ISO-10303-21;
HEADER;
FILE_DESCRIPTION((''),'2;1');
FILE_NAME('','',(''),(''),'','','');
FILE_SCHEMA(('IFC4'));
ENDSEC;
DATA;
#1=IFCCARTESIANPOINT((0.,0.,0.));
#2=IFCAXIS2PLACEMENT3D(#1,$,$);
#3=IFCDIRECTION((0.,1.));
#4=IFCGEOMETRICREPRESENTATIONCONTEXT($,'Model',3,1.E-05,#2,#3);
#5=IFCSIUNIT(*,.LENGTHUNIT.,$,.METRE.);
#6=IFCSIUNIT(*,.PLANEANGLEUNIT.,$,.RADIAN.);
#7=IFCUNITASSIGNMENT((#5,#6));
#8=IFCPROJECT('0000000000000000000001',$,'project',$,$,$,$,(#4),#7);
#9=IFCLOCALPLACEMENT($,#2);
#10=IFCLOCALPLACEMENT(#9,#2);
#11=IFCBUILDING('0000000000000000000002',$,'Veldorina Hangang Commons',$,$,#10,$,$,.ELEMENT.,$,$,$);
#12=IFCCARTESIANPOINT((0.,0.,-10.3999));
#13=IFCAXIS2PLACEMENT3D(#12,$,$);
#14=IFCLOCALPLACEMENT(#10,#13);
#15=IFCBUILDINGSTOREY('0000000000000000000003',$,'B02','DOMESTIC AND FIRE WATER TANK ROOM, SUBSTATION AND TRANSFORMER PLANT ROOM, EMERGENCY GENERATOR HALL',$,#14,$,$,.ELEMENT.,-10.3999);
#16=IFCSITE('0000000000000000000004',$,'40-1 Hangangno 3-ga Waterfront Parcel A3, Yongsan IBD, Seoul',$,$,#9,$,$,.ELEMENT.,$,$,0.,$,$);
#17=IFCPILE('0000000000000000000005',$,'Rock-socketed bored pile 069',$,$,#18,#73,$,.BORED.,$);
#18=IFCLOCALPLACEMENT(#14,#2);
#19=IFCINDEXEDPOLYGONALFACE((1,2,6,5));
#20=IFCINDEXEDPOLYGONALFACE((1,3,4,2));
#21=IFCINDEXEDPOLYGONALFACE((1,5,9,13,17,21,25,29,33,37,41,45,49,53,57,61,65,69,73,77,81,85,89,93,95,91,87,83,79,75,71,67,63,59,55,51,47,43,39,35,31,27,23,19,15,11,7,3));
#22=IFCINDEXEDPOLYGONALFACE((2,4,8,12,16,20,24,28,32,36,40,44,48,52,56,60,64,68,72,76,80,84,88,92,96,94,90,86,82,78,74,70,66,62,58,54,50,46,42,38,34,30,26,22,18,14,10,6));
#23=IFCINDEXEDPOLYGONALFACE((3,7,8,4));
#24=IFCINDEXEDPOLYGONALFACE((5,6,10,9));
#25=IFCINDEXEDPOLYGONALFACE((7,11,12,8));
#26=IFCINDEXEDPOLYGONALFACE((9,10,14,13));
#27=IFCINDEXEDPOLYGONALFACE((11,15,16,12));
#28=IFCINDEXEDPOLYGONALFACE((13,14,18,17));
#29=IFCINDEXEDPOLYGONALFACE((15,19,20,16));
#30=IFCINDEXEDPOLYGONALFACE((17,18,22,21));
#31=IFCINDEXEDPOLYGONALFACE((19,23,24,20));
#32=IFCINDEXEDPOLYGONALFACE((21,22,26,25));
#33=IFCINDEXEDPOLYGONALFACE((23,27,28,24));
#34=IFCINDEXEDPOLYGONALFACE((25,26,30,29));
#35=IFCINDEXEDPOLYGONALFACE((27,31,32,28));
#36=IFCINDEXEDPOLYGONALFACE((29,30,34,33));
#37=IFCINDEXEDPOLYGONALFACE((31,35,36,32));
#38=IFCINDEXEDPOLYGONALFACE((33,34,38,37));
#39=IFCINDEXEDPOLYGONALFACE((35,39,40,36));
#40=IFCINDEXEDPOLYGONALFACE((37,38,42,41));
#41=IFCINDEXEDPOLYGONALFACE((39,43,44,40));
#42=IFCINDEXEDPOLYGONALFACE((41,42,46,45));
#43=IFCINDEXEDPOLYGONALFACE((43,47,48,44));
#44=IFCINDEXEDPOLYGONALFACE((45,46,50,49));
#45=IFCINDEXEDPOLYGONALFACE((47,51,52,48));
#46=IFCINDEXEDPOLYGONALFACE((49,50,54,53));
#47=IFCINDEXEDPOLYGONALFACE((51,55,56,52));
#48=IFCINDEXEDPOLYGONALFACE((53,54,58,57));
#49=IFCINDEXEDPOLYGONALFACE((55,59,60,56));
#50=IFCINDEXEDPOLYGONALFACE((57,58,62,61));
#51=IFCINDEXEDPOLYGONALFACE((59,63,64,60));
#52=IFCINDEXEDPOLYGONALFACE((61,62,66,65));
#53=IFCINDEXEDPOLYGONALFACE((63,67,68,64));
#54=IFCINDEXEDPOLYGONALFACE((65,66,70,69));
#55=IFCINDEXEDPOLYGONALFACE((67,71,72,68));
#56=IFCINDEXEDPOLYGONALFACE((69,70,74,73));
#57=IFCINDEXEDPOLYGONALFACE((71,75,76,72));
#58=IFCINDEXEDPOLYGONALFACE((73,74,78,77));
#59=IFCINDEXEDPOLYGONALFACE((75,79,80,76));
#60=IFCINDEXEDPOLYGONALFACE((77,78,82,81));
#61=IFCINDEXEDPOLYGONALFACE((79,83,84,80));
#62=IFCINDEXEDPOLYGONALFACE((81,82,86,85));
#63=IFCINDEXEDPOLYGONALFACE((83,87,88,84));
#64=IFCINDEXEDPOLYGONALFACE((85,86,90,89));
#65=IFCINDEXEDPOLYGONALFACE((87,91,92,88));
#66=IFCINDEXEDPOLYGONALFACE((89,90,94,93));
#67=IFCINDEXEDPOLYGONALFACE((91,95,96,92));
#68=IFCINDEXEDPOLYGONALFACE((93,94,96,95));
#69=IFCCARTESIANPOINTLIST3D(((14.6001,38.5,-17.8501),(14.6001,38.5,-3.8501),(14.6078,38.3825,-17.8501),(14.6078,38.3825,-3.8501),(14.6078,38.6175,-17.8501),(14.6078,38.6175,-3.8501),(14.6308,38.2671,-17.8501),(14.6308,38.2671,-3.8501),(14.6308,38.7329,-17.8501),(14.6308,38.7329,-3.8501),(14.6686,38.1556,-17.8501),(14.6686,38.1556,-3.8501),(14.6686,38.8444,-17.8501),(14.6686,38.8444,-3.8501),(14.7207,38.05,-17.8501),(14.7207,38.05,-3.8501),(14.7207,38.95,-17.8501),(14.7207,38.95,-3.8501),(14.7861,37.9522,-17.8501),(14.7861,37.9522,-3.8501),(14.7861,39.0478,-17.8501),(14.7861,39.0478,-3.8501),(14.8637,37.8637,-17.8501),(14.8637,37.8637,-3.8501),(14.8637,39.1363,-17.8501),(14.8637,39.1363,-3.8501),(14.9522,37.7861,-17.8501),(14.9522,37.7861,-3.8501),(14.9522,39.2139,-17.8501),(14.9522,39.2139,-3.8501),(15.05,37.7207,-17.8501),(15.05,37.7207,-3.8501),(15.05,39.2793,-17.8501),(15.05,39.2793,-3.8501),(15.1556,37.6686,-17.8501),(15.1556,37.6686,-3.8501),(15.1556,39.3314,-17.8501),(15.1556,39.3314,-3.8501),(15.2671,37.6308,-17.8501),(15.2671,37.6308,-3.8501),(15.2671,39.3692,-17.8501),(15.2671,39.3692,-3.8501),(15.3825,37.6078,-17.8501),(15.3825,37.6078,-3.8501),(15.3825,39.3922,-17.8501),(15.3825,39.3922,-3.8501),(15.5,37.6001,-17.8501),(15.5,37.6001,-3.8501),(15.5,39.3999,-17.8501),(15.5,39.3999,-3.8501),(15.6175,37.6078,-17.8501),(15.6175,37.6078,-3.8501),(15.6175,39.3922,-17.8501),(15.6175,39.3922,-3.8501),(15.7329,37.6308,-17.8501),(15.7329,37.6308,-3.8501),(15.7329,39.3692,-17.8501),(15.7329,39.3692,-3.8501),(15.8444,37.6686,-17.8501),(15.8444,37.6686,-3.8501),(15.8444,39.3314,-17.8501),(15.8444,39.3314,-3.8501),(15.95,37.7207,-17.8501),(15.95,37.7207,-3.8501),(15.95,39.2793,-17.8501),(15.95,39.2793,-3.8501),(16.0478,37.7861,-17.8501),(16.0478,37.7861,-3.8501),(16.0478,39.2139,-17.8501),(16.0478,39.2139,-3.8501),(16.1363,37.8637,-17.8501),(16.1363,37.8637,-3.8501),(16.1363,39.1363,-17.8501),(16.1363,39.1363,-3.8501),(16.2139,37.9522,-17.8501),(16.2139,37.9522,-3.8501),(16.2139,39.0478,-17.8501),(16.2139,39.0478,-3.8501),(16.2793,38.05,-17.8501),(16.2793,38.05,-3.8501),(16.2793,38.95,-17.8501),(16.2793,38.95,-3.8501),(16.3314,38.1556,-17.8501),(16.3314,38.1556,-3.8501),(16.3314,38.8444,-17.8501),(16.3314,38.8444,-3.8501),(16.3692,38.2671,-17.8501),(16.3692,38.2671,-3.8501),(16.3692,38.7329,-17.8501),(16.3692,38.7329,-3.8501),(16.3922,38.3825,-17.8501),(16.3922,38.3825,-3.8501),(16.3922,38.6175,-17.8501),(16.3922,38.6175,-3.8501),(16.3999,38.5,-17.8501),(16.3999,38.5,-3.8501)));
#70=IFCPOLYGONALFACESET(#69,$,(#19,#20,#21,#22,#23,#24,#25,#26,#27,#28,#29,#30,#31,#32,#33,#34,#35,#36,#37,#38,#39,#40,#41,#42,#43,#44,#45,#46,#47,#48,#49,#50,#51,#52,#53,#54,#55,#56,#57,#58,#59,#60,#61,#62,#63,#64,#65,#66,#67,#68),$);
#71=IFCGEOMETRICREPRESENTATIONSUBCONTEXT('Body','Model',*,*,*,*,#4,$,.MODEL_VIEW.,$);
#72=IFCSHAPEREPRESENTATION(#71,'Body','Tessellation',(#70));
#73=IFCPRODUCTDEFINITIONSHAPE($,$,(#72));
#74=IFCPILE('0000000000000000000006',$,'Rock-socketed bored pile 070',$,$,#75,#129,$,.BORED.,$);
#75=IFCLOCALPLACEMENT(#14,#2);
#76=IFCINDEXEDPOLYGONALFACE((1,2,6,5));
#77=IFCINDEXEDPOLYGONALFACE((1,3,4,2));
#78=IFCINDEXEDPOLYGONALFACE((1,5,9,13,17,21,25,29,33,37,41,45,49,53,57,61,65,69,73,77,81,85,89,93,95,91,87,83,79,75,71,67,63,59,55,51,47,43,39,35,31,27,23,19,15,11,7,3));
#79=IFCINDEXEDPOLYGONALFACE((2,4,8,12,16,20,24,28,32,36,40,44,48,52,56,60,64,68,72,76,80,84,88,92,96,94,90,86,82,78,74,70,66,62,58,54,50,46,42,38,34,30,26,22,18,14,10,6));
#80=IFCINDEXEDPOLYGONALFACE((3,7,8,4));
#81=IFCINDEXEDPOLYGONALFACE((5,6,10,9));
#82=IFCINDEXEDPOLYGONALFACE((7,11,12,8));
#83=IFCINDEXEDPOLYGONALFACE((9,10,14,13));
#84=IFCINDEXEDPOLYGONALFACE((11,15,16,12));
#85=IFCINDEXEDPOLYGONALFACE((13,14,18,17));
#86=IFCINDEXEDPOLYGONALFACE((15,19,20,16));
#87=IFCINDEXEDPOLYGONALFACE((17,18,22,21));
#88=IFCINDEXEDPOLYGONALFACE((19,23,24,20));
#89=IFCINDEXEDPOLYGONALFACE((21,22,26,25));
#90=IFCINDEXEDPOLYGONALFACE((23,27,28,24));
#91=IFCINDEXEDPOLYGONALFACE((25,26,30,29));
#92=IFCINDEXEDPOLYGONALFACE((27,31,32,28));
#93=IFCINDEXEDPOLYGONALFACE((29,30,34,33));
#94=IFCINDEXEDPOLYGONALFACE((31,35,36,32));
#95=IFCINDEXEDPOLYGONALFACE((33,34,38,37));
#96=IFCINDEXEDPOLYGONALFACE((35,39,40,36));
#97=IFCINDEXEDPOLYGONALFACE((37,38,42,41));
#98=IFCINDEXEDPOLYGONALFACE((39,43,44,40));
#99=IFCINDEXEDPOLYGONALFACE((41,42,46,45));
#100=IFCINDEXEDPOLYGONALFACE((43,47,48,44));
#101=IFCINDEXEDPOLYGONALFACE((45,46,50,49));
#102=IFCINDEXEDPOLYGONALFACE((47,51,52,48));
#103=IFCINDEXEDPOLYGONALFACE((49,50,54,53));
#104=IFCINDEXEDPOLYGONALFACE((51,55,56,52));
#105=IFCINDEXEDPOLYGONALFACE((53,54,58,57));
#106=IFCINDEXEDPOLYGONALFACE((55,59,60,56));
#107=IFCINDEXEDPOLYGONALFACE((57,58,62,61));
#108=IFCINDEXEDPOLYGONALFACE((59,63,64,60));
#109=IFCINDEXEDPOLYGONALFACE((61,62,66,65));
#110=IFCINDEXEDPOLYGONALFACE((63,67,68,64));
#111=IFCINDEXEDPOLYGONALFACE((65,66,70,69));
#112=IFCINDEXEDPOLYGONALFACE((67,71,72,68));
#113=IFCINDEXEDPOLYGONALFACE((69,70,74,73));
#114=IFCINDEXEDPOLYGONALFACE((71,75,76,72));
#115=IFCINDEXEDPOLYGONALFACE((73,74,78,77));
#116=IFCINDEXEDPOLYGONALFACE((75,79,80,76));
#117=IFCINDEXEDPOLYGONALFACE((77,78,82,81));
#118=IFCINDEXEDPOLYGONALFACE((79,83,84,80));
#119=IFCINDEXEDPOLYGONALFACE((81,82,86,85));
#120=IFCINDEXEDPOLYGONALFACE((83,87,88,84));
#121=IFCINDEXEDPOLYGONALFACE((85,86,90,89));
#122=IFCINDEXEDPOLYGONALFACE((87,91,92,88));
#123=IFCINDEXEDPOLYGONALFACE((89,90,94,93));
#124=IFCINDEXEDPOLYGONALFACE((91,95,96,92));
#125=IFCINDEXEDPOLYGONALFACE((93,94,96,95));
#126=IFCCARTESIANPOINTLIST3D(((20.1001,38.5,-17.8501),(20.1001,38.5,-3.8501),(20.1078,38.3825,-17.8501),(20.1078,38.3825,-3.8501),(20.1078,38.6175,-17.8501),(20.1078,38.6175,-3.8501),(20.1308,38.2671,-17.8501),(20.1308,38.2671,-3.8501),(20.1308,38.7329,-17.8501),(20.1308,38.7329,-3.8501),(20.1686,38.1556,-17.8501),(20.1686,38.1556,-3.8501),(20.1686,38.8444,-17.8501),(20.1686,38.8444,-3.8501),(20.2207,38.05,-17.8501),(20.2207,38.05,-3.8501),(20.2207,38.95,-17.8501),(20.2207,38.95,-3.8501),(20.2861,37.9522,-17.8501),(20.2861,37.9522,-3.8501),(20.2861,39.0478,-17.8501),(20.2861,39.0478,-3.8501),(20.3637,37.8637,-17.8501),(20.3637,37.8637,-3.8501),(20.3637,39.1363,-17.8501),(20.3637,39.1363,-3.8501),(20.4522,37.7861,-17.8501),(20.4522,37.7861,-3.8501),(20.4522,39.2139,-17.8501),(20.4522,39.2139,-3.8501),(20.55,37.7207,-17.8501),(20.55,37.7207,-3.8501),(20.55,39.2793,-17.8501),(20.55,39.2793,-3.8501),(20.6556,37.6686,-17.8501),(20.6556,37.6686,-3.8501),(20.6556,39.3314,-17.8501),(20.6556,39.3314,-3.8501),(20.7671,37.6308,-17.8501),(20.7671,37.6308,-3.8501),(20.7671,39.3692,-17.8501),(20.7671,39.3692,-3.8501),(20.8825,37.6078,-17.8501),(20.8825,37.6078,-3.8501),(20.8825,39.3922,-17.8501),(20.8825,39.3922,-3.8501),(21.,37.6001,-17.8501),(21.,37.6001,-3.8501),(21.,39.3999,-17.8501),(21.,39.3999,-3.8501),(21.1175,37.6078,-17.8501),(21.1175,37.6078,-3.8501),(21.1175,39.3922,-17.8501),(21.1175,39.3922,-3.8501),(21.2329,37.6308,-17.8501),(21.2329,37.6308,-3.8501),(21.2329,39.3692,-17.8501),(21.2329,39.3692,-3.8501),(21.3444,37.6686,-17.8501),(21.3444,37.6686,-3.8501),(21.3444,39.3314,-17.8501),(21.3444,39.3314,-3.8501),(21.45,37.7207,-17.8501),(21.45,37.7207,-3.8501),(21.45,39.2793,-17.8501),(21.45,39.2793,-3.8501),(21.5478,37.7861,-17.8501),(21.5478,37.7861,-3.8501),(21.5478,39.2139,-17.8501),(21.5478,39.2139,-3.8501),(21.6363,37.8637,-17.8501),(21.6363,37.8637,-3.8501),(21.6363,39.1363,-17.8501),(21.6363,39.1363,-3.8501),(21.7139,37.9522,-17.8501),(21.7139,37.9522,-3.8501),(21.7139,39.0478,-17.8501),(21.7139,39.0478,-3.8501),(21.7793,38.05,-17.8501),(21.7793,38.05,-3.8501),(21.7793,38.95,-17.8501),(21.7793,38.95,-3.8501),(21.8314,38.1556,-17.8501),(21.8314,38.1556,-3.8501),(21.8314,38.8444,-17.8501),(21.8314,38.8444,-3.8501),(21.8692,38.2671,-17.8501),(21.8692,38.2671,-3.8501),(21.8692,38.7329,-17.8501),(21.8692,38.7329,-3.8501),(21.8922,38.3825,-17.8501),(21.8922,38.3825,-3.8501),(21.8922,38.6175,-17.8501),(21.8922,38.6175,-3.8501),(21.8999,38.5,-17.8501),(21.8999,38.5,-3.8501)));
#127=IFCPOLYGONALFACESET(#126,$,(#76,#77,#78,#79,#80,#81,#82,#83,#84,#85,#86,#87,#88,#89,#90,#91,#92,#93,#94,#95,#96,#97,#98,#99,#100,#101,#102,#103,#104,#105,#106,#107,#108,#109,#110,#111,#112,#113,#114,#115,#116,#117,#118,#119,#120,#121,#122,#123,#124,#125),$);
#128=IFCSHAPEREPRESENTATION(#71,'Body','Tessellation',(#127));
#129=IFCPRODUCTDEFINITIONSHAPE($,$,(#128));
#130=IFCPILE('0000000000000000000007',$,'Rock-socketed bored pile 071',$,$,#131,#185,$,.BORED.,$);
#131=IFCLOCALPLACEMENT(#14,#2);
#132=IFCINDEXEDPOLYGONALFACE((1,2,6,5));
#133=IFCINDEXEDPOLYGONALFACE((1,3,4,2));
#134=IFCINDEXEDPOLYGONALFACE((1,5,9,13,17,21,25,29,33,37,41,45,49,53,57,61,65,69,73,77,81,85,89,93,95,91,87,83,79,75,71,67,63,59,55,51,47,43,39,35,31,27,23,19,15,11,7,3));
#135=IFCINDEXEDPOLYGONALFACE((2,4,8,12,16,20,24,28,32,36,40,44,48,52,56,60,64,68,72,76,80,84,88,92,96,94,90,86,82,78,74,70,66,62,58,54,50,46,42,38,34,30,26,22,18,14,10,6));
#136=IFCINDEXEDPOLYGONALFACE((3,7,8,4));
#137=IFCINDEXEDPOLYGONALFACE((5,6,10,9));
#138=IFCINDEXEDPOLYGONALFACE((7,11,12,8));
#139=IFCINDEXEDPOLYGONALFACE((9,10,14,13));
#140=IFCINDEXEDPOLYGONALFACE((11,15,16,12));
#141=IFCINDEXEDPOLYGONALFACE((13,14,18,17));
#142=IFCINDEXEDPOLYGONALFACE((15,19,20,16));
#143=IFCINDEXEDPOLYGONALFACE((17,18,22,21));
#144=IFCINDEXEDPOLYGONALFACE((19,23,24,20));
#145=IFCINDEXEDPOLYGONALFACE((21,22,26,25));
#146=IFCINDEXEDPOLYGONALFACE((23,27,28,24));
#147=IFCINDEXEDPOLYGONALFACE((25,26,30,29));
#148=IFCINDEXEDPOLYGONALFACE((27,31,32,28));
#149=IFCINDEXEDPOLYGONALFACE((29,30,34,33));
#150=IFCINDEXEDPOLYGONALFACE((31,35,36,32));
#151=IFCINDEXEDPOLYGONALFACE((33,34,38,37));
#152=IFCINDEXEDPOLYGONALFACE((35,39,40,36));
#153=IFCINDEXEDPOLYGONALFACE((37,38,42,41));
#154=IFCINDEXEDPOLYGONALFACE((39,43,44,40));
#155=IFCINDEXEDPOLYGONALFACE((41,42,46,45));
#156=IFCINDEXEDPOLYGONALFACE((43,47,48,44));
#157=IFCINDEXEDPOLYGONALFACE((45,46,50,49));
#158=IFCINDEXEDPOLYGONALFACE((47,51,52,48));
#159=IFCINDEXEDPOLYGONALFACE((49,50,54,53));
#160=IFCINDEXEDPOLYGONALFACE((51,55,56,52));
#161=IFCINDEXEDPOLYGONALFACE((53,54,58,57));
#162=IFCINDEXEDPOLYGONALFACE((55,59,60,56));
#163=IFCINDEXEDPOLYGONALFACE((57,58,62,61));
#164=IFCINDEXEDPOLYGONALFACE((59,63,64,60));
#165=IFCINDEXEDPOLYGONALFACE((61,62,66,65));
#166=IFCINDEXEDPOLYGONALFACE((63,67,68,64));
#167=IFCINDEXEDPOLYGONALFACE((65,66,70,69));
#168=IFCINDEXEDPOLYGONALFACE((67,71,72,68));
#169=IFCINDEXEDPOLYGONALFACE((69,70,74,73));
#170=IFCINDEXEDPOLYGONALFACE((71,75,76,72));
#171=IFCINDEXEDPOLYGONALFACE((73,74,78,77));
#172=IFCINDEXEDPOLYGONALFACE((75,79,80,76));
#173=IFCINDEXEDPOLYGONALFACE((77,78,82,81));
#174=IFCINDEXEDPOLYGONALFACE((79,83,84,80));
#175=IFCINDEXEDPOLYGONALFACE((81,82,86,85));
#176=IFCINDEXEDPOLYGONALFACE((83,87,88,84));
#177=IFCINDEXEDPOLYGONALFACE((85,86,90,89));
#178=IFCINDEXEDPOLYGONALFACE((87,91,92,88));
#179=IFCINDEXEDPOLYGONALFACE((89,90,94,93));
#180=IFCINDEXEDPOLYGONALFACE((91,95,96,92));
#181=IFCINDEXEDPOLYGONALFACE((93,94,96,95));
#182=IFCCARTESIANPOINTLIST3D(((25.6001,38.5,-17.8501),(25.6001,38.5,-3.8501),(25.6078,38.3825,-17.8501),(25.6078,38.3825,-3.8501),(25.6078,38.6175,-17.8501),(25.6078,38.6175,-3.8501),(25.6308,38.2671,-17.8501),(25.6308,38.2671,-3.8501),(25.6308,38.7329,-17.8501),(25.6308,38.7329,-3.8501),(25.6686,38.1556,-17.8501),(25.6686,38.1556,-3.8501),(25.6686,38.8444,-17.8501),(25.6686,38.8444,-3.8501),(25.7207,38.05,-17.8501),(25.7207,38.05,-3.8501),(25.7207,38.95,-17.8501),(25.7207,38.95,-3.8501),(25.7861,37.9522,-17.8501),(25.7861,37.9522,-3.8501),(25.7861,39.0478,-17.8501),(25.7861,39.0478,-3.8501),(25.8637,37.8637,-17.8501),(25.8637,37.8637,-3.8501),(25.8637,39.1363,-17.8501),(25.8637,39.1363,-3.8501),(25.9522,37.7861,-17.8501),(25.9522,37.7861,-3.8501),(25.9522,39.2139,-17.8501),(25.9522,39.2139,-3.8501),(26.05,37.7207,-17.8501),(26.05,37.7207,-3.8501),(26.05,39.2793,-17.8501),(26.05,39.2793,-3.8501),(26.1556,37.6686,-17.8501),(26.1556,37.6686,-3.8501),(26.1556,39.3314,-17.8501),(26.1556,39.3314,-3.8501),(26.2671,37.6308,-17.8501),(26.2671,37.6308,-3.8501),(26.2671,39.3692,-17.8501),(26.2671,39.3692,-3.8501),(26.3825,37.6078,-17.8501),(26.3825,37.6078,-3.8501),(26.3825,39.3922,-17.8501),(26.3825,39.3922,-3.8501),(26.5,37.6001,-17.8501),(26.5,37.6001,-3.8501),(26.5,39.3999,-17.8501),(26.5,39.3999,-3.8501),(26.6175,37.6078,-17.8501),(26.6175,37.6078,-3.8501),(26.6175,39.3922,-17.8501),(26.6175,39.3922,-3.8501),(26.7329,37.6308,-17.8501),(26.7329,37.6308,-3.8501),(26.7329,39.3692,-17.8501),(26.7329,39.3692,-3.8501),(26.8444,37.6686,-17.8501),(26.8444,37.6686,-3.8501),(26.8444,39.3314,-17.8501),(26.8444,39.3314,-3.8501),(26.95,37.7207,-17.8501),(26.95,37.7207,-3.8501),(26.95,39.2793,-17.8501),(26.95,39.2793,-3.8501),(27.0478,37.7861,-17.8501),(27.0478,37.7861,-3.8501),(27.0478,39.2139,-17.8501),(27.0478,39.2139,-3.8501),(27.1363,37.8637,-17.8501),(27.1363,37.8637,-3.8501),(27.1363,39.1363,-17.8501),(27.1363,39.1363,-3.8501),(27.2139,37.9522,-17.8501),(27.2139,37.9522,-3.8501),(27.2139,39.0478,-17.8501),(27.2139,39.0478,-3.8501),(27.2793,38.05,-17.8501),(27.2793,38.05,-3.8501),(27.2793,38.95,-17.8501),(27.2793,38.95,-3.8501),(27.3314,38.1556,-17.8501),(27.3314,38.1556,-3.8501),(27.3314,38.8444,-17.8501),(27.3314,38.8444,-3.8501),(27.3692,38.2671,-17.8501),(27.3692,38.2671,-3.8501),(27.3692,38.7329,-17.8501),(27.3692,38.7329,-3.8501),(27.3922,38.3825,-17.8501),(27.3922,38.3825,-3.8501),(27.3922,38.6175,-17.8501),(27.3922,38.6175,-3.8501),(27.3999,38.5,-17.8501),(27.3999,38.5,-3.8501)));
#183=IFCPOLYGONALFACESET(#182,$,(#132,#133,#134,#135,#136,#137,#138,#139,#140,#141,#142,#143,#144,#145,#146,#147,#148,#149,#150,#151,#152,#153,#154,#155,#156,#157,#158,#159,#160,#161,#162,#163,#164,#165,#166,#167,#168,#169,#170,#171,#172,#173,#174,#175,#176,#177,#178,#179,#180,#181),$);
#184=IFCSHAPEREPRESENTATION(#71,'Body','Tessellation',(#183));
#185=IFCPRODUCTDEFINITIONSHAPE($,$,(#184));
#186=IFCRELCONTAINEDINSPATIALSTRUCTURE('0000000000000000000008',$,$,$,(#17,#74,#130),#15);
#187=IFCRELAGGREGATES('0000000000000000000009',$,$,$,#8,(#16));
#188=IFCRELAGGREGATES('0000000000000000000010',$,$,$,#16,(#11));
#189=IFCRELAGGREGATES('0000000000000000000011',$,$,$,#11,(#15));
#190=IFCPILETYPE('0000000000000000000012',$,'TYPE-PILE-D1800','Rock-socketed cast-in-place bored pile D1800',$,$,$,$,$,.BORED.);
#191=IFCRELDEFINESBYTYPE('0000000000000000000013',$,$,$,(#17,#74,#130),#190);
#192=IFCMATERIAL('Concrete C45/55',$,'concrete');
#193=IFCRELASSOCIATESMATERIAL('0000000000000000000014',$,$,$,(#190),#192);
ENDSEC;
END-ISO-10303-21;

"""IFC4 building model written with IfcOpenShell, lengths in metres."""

from ifc_helpers import new_model, si_unit, direction, frame, origin, origin_2d, place, context, subcontext, project, spatial, circle, extrude, material, material_profile, profile_set, type_object, element, save


model = new_model("IFC4")

# Units and contexts
model_context = context("Model", 3, precision=1e-05, world=origin(), true_north=direction((0.0, 1.0)))
body_context = subcontext(model_context, "Body", "Model", "MODEL_VIEW")
ifc_project = project(units=[si_unit("LENGTHUNIT", "METRE"), si_unit("PLANEANGLEUNIT", "RADIAN")], contexts=[model_context])

# Site, building, storey
site_placement = place(None, origin())
site = spatial("IfcSite", under=ifc_project, at=site_placement, Name="40-1 Hangangno 3-ga Waterfront Parcel A3, Yongsan IBD, Seoul", CompositionType="ELEMENT", RefElevation=0.0)
building_placement = place(site_placement, origin())
building = spatial("IfcBuilding", under=site, at=building_placement, Name="Veldorina Hangang Commons", CompositionType="ELEMENT")
storey_placement = place(building_placement, frame((0.0, 0.0, -10.3999)))
storey = spatial("IfcBuildingStorey", under=building, at=storey_placement, Name="B02", Description="DOMESTIC AND FIRE WATER TANK ROOM, SUBSTATION AND TRANSFORMER PLANT ROOM, EMERGENCY GENERATOR HALL", CompositionType="ELEMENT", Elevation=-10.3999)

# Piles
ifc_material_1 = material(Name="Concrete C45/55", Category="concrete")
ifc_material_profile_1 = material_profile(ifc_material_1, circle(Radius=0.8999, at=origin_2d()), Name="PILE-D1800")
ifc_profile_set_1 = profile_set([ifc_material_profile_1], Name="Concrete C45/55")
pile_type_1 = type_object("IfcPileType", Name="TYPE-PILE-D1800", Description="Rock-socketed cast-in-place bored pile D1800", PredefinedType="BORED", material=ifc_profile_set_1)
for number, where, z_axis, x_axis, name in (
    (1, (15.5, 38.5, -3.8501), (0.0, 0.0, -1.0), (1.0, 0.0, 0.0), "Rock-socketed bored pile 069"),
    (2, (21.0, 38.5, -3.8501), (0.0, 0.0, -1.0), (1.0, 0.0, 0.0), "Rock-socketed bored pile 070"),
    (3, (26.5, 38.5, -3.8501), (0.0, 0.0, -1.0), (1.0, 0.0, 0.0), "Rock-socketed bored pile 071"),
):
    element("IfcPile", number, at=place(storey_placement, frame(where, z_axis=z_axis, x_axis=x_axis)), inside=storey, type_object=pile_type_1, Name=name, PredefinedType="BORED", context=body_context, shape_type="SweptSolid", body=[
        extrude(circle(Radius=0.8999, at=origin_2d()), origin(), (0.0, 0.0, 1.0), 14.0),
    ])

save(model, "model.ifc")
